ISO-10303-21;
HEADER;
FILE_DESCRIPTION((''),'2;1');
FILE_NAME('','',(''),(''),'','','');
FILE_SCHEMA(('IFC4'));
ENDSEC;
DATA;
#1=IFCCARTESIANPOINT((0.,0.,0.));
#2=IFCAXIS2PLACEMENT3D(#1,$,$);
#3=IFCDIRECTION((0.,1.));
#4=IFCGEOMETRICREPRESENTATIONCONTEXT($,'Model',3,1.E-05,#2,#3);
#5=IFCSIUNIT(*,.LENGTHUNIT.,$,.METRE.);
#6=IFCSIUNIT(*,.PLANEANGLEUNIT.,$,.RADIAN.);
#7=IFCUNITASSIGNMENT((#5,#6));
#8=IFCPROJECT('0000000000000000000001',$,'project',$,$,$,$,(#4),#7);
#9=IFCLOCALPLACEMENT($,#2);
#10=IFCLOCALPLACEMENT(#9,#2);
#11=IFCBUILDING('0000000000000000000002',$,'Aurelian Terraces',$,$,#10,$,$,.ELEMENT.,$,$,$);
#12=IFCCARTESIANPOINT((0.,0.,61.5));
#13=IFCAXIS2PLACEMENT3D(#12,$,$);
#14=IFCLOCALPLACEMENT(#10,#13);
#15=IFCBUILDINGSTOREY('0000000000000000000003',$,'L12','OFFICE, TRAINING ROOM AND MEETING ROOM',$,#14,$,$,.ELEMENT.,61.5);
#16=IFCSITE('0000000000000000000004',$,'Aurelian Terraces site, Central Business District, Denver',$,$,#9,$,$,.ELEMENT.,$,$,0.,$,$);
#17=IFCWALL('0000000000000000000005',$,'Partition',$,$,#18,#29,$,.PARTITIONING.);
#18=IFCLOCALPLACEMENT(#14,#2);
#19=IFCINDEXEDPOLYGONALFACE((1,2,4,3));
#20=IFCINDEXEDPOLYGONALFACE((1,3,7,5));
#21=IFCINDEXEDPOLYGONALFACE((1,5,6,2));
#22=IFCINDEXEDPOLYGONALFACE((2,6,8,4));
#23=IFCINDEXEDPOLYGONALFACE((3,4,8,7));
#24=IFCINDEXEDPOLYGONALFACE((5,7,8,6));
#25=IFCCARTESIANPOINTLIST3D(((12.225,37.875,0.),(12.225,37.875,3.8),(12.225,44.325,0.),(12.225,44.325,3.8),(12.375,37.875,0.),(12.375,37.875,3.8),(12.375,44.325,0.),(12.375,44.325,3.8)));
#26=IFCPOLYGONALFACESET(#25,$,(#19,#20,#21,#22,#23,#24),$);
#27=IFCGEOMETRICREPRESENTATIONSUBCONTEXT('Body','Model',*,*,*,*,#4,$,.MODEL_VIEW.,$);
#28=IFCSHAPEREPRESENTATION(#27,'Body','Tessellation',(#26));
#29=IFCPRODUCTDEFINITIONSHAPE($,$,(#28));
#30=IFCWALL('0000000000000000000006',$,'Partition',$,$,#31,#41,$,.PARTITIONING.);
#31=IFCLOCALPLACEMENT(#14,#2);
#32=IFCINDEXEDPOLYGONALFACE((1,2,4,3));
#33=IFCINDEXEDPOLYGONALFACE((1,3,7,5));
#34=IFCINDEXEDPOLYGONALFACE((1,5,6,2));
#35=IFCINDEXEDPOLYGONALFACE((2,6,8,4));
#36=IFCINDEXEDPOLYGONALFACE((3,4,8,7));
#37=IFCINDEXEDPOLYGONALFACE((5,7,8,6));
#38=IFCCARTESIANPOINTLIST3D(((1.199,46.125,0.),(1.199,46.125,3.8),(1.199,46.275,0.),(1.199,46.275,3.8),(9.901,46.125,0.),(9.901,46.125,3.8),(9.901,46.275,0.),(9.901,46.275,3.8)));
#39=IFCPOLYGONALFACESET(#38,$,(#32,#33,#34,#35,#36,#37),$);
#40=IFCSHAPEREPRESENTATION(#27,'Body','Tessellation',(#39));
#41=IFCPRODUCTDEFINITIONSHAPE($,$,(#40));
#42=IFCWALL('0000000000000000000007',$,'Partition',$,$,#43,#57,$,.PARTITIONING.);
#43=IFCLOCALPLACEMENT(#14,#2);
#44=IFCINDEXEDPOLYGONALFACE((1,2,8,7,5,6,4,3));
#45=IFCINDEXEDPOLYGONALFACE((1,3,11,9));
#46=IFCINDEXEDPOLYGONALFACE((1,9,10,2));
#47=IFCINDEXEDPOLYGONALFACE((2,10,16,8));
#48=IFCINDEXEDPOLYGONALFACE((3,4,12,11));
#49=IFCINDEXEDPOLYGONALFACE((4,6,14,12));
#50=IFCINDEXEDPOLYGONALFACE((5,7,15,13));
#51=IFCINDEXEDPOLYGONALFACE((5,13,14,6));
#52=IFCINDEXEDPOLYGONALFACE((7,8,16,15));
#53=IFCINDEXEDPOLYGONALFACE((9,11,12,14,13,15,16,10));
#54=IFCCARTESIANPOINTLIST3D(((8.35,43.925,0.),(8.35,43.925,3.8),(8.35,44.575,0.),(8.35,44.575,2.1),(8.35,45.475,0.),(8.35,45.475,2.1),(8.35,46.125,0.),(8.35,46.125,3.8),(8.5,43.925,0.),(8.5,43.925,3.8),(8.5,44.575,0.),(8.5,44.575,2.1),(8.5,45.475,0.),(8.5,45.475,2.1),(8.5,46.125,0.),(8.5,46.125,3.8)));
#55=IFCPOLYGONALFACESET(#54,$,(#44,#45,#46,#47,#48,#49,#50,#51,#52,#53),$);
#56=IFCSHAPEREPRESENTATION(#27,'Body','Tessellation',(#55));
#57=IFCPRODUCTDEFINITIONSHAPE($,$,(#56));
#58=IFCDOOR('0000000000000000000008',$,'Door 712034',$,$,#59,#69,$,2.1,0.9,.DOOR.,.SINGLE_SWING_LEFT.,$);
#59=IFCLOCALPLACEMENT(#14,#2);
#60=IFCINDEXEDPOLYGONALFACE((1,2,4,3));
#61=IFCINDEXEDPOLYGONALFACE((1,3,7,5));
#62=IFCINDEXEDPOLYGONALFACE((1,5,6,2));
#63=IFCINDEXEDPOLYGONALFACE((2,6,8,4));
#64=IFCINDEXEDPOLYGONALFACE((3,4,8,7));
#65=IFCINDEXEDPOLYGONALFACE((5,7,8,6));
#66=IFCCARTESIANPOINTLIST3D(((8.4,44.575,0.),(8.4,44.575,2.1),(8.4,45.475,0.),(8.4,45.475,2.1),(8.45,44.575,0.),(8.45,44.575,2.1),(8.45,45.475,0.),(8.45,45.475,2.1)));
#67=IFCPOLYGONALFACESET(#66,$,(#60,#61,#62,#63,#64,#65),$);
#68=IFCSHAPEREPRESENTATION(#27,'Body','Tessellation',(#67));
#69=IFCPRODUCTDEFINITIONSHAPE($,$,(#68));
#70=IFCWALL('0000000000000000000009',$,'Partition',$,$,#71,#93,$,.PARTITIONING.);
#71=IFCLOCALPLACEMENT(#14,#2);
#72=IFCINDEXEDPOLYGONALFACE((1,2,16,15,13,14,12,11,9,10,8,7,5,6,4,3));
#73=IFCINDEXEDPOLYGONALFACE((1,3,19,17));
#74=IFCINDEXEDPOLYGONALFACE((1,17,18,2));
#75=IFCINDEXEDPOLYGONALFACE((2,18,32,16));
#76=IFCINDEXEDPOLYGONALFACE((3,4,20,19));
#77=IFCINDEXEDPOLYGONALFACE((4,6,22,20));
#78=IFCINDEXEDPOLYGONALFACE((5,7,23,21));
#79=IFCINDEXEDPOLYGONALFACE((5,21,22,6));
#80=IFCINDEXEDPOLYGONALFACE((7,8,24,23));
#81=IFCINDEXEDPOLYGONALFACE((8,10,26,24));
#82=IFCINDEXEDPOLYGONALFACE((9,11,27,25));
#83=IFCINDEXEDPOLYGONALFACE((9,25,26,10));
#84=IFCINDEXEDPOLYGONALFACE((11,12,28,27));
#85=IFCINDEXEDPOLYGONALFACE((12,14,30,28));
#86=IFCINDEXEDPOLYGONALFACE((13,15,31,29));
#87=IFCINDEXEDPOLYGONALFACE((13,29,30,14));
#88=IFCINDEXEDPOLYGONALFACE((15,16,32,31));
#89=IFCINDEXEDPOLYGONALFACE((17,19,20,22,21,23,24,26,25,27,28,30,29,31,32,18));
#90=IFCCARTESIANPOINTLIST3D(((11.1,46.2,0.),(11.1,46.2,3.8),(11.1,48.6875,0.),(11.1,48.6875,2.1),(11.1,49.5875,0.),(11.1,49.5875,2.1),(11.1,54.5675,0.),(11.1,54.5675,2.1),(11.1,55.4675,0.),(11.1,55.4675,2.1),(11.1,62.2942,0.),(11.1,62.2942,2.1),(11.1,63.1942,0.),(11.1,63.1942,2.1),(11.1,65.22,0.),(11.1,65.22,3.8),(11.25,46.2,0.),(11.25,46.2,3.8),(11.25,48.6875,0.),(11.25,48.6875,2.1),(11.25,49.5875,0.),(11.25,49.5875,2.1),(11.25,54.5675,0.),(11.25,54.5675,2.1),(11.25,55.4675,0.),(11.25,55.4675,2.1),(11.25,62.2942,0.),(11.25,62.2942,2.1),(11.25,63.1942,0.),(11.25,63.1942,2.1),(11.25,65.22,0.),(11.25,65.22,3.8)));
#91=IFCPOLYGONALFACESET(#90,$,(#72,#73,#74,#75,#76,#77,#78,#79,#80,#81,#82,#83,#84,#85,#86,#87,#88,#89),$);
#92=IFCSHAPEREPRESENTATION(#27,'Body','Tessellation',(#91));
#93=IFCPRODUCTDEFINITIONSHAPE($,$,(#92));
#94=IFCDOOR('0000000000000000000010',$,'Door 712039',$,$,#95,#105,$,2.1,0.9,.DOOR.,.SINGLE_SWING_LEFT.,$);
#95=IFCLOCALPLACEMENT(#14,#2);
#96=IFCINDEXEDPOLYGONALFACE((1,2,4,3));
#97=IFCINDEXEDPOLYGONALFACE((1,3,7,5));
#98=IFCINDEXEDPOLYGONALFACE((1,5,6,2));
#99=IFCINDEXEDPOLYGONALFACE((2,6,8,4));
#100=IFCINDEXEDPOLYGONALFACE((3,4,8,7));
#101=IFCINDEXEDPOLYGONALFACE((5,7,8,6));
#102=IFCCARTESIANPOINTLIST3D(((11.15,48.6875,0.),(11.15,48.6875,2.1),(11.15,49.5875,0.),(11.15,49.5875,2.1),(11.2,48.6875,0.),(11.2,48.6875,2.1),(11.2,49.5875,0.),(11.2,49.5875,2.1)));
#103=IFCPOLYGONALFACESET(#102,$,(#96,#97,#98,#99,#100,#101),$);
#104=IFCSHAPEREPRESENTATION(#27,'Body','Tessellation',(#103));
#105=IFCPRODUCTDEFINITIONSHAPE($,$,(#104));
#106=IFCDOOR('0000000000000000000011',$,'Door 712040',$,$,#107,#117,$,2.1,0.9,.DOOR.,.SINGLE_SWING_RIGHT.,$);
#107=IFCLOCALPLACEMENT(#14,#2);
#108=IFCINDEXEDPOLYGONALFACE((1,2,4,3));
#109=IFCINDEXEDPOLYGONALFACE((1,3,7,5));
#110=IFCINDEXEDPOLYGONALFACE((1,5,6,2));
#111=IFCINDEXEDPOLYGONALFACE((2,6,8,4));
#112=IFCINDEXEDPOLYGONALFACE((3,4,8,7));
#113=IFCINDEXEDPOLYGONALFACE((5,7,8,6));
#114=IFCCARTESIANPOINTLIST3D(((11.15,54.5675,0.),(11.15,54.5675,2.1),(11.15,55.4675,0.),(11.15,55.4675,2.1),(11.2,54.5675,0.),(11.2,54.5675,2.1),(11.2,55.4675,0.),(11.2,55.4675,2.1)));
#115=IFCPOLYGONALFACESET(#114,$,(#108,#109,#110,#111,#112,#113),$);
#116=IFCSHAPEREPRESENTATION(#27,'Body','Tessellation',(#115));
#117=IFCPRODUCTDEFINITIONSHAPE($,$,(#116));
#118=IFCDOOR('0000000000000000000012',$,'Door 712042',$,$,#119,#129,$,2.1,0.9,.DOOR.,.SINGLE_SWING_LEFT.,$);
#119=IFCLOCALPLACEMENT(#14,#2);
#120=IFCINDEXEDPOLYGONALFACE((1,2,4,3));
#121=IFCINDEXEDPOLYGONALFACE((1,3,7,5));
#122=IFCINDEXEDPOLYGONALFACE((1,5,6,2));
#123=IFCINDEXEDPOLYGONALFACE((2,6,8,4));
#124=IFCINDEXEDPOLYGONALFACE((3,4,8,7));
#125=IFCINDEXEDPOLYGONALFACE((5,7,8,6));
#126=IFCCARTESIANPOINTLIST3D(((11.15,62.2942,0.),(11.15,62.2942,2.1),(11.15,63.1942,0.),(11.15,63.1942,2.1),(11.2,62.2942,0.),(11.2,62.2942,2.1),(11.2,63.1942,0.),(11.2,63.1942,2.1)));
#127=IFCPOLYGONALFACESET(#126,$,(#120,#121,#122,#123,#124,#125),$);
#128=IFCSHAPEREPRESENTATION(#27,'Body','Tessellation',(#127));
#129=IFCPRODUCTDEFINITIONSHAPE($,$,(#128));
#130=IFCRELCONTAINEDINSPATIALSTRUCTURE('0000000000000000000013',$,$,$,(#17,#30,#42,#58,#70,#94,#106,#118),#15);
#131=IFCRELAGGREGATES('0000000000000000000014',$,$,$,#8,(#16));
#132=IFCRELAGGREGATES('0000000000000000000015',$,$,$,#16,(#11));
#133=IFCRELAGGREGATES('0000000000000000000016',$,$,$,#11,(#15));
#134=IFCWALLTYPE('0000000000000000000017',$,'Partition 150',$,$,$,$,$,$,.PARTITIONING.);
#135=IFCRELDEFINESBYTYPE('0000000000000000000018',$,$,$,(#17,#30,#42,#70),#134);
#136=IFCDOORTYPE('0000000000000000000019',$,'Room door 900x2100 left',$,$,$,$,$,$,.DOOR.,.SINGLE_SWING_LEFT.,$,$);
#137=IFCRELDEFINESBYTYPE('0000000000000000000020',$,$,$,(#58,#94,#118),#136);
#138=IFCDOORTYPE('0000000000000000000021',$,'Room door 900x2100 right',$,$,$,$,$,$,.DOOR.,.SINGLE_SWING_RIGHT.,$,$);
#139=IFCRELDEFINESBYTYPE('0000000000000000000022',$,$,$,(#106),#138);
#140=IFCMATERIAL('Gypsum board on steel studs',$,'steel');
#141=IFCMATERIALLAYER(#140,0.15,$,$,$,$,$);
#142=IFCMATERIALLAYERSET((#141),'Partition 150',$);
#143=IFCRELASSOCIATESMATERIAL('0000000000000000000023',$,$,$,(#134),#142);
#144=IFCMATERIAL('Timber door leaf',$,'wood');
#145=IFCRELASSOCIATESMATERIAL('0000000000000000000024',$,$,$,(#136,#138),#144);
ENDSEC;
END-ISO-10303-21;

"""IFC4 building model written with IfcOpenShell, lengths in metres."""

from ifc_helpers import new_model, si_unit, direction, frame, frame_2d, origin, place, context, subcontext, project, spatial, rectangle, extrude, source, transform, mapped, material, layer, layer_set, type_object, element, fill, save


model = new_model("IFC4")

# Units and contexts
model_context = context("Model", 3, precision=1e-05, world=origin(), true_north=direction((0.0, 1.0)))
body_context = subcontext(model_context, "Body", "Model", "MODEL_VIEW")
ifc_project = project(units=[si_unit("LENGTHUNIT", "METRE"), si_unit("PLANEANGLEUNIT", "RADIAN")], contexts=[model_context])

# Site, building, storey
site_placement = place(None, origin())
site = spatial("IfcSite", under=ifc_project, at=site_placement, Name="Aurelian Terraces site, Central Business District, Denver", CompositionType="ELEMENT", RefElevation=0.0)
building_placement = place(site_placement, origin())
building = spatial("IfcBuilding", under=site, at=building_placement, Name="Aurelian Terraces", CompositionType="ELEMENT")
storey_placement = place(building_placement, frame((0.0, 0.0, 61.5)))
storey = spatial("IfcBuildingStorey", under=building, at=storey_placement, Name="L12", Description="OFFICE, TRAINING ROOM AND MEETING ROOM", CompositionType="ELEMENT", Elevation=61.5)

# Walls
ifc_material_1 = material(Name="Gypsum board on steel studs", Category="steel")
ifc_layer_1 = layer(ifc_material_1, 0.15)
ifc_layer_set_1 = layer_set([ifc_layer_1], Name="Partition 150")
wall_type_1 = type_object("IfcWallType", Name="Partition 150", PredefinedType="PARTITIONING", material=ifc_layer_set_1)
shared_shape_1 = source(origin(), body_context, "Body", "SweptSolid", [
    extrude(rectangle(XDim=6.45, YDim=0.15, at=frame_2d((3.225, 0.0))), origin(), (0.0, 0.0, 1.0), 3.8),
])
wall_1_placement = place(storey_placement, frame((12.3, 44.325, 0.0), z_axis=(0.0, 0.0, 1.0), x_axis=(0.0, -1.0, 0.0)))
element("IfcWall", 1, at=wall_1_placement, inside=storey, type_object=wall_type_1, Name="Partition", PredefinedType="PARTITIONING", context=body_context, shape_type="MappedRepresentation", body=[
    mapped(shared_shape_1, transform((0.0, 0.0, 0.0), scale=1.0)),
])
shared_shape_2 = source(origin(), body_context, "Body", "SweptSolid", [
    extrude(rectangle(XDim=8.702, YDim=0.15, at=frame_2d((4.351, 0.0))), origin(), (0.0, 0.0, 1.0), 3.8),
])
wall_2_placement = place(storey_placement, frame((9.901, 46.2, 0.0), z_axis=(0.0, 0.0, 1.0), x_axis=(-1.0, 0.0, 0.0)))
element("IfcWall", 2, at=wall_2_placement, inside=storey, type_object=wall_type_1, Name="Partition", PredefinedType="PARTITIONING", context=body_context, shape_type="MappedRepresentation", body=[
    mapped(shared_shape_2, transform((0.0, 0.0, 0.0), scale=1.0)),
])

# Wall, opening, door
shared_shape_3 = source(origin(), body_context, "Body", "SweptSolid", [
    extrude(rectangle(XDim=2.2, YDim=0.15, at=frame_2d((1.1, 0.0))), origin(), (0.0, 0.0, 1.0), 3.8),
])
wall_3_placement = place(storey_placement, frame((8.425, 43.925, 0.0), z_axis=(0.0, 0.0, 1.0), x_axis=(0.0, 1.0, 0.0)))
wall_3 = element("IfcWall", 3, at=wall_3_placement, inside=storey, type_object=wall_type_1, Name="Partition", PredefinedType="PARTITIONING", context=body_context, shape_type="MappedRepresentation", body=[
    mapped(shared_shape_3, transform((0.0, 0.0, 0.0), scale=1.0)),
])
shared_shape_4 = source(origin(), body_context, "Body", "SweptSolid", [
    extrude(rectangle(XDim=0.9, YDim=2.1, at=frame_2d((0.45, 1.05))), frame((0.0, 0.085, 0.0), z_axis=(0.0, -1.0, 0.0), x_axis=(1.0, 0.0, 0.0)), (0.0, 0.0, 1.0), 0.17),
])
opening_1_placement = place(wall_3_placement, frame((0.65, 0.0, 0.0)))
opening_1 = element("IfcOpeningElement", 4, at=opening_1_placement, cuts=wall_3, PredefinedType="OPENING", context=body_context, shape_type="MappedRepresentation", body=[
    mapped(shared_shape_4, transform((0.0, 0.0, 0.0), scale=1.0)),
])
ifc_material_2 = material(Name="Timber door leaf", Category="wood")
door_type_1 = type_object("IfcDoorType", Name="Room door 900x2100 left", OperationType="SINGLE_SWING_LEFT", PredefinedType="DOOR", material=ifc_material_2)
shared_shape_5 = source(origin(), body_context, "Body", "SweptSolid", [
    extrude(rectangle(XDim=0.9, YDim=2.1, at=frame_2d((0.45, 1.05))), frame((0.0, 0.025, 0.0), z_axis=(0.0, -1.0, 0.0), x_axis=(1.0, 0.0, 0.0)), (0.0, 0.0, 1.0), 0.05),
])
door_1_placement = place(opening_1_placement, origin())
door_1 = element("IfcDoor", 5, at=door_1_placement, inside=storey, type_object=door_type_1, Name="Door 712034", OperationType="SINGLE_SWING_LEFT", OverallHeight=2.1, OverallWidth=0.9, PredefinedType="DOOR", context=body_context, shape_type="MappedRepresentation", body=[
    mapped(shared_shape_5, transform((0.0, 0.0, 0.0), scale=1.0)),
])
fill(opening_1, door_1)

# Wall, openings, doors
shared_shape_6 = source(origin(), body_context, "Body", "SweptSolid", [
    extrude(rectangle(XDim=19.02, YDim=0.15, at=frame_2d((9.51, 0.0))), origin(), (0.0, 0.0, 1.0), 3.8),
])
wall_4_placement = place(storey_placement, frame((11.175, 46.2, 0.0), z_axis=(0.0, 0.0, 1.0), x_axis=(0.0, 1.0, 0.0)))
wall_4 = element("IfcWall", 6, at=wall_4_placement, inside=storey, type_object=wall_type_1, Name="Partition", PredefinedType="PARTITIONING", context=body_context, shape_type="MappedRepresentation", body=[
    mapped(shared_shape_6, transform((0.0, 0.0, 0.0), scale=1.0)),
])
opening_2_placement = place(wall_4_placement, frame((2.4875, 0.0, 0.0)))
opening_2 = element("IfcOpeningElement", 7, at=opening_2_placement, cuts=wall_4, PredefinedType="OPENING", context=body_context, shape_type="MappedRepresentation", body=[
    mapped(shared_shape_4, transform((0.0, 0.0, 0.0), scale=1.0)),
])
opening_3_placement = place(wall_4_placement, frame((8.3675, 0.0, 0.0)))
opening_3 = element("IfcOpeningElement", 8, at=opening_3_placement, cuts=wall_4, PredefinedType="OPENING", context=body_context, shape_type="MappedRepresentation", body=[
    mapped(shared_shape_4, transform((0.0, 0.0, 0.0), scale=1.0)),
])
opening_4_placement = place(wall_4_placement, frame((16.0942, 0.0, 0.0)))
opening_4 = element("IfcOpeningElement", 9, at=opening_4_placement, cuts=wall_4, PredefinedType="OPENING", context=body_context, shape_type="MappedRepresentation", body=[
    mapped(shared_shape_4, transform((0.0, 0.0, 0.0), scale=1.0)),
])
door_2_placement = place(opening_2_placement, origin())
door_2 = element("IfcDoor", 10, at=door_2_placement, inside=storey, type_object=door_type_1, Name="Door 712039", OperationType="SINGLE_SWING_LEFT", OverallHeight=2.1, OverallWidth=0.9, PredefinedType="DOOR", context=body_context, shape_type="MappedRepresentation", body=[
    mapped(shared_shape_5, transform((0.0, 0.0, 0.0), scale=1.0)),
])
fill(opening_2, door_2)
door_type_2 = type_object("IfcDoorType", Name="Room door 900x2100 right", OperationType="SINGLE_SWING_RIGHT", PredefinedType="DOOR", material=ifc_material_2)
door_3_placement = place(opening_3_placement, origin())
door_3 = element("IfcDoor", 11, at=door_3_placement, inside=storey, type_object=door_type_2, Name="Door 712040", OperationType="SINGLE_SWING_RIGHT", OverallHeight=2.1, OverallWidth=0.9, PredefinedType="DOOR", context=body_context, shape_type="MappedRepresentation", body=[
    mapped(shared_shape_5, transform((0.0, 0.0, 0.0), scale=1.0)),
])
fill(opening_3, door_3)
door_4_placement = place(opening_4_placement, origin())
door_4 = element("IfcDoor", 12, at=door_4_placement, inside=storey, type_object=door_type_1, Name="Door 712042", OperationType="SINGLE_SWING_LEFT", OverallHeight=2.1, OverallWidth=0.9, PredefinedType="DOOR", context=body_context, shape_type="MappedRepresentation", body=[
    mapped(shared_shape_5, transform((0.0, 0.0, 0.0), scale=1.0)),
])
fill(opening_4, door_4)

save(model, "model.ifc")
